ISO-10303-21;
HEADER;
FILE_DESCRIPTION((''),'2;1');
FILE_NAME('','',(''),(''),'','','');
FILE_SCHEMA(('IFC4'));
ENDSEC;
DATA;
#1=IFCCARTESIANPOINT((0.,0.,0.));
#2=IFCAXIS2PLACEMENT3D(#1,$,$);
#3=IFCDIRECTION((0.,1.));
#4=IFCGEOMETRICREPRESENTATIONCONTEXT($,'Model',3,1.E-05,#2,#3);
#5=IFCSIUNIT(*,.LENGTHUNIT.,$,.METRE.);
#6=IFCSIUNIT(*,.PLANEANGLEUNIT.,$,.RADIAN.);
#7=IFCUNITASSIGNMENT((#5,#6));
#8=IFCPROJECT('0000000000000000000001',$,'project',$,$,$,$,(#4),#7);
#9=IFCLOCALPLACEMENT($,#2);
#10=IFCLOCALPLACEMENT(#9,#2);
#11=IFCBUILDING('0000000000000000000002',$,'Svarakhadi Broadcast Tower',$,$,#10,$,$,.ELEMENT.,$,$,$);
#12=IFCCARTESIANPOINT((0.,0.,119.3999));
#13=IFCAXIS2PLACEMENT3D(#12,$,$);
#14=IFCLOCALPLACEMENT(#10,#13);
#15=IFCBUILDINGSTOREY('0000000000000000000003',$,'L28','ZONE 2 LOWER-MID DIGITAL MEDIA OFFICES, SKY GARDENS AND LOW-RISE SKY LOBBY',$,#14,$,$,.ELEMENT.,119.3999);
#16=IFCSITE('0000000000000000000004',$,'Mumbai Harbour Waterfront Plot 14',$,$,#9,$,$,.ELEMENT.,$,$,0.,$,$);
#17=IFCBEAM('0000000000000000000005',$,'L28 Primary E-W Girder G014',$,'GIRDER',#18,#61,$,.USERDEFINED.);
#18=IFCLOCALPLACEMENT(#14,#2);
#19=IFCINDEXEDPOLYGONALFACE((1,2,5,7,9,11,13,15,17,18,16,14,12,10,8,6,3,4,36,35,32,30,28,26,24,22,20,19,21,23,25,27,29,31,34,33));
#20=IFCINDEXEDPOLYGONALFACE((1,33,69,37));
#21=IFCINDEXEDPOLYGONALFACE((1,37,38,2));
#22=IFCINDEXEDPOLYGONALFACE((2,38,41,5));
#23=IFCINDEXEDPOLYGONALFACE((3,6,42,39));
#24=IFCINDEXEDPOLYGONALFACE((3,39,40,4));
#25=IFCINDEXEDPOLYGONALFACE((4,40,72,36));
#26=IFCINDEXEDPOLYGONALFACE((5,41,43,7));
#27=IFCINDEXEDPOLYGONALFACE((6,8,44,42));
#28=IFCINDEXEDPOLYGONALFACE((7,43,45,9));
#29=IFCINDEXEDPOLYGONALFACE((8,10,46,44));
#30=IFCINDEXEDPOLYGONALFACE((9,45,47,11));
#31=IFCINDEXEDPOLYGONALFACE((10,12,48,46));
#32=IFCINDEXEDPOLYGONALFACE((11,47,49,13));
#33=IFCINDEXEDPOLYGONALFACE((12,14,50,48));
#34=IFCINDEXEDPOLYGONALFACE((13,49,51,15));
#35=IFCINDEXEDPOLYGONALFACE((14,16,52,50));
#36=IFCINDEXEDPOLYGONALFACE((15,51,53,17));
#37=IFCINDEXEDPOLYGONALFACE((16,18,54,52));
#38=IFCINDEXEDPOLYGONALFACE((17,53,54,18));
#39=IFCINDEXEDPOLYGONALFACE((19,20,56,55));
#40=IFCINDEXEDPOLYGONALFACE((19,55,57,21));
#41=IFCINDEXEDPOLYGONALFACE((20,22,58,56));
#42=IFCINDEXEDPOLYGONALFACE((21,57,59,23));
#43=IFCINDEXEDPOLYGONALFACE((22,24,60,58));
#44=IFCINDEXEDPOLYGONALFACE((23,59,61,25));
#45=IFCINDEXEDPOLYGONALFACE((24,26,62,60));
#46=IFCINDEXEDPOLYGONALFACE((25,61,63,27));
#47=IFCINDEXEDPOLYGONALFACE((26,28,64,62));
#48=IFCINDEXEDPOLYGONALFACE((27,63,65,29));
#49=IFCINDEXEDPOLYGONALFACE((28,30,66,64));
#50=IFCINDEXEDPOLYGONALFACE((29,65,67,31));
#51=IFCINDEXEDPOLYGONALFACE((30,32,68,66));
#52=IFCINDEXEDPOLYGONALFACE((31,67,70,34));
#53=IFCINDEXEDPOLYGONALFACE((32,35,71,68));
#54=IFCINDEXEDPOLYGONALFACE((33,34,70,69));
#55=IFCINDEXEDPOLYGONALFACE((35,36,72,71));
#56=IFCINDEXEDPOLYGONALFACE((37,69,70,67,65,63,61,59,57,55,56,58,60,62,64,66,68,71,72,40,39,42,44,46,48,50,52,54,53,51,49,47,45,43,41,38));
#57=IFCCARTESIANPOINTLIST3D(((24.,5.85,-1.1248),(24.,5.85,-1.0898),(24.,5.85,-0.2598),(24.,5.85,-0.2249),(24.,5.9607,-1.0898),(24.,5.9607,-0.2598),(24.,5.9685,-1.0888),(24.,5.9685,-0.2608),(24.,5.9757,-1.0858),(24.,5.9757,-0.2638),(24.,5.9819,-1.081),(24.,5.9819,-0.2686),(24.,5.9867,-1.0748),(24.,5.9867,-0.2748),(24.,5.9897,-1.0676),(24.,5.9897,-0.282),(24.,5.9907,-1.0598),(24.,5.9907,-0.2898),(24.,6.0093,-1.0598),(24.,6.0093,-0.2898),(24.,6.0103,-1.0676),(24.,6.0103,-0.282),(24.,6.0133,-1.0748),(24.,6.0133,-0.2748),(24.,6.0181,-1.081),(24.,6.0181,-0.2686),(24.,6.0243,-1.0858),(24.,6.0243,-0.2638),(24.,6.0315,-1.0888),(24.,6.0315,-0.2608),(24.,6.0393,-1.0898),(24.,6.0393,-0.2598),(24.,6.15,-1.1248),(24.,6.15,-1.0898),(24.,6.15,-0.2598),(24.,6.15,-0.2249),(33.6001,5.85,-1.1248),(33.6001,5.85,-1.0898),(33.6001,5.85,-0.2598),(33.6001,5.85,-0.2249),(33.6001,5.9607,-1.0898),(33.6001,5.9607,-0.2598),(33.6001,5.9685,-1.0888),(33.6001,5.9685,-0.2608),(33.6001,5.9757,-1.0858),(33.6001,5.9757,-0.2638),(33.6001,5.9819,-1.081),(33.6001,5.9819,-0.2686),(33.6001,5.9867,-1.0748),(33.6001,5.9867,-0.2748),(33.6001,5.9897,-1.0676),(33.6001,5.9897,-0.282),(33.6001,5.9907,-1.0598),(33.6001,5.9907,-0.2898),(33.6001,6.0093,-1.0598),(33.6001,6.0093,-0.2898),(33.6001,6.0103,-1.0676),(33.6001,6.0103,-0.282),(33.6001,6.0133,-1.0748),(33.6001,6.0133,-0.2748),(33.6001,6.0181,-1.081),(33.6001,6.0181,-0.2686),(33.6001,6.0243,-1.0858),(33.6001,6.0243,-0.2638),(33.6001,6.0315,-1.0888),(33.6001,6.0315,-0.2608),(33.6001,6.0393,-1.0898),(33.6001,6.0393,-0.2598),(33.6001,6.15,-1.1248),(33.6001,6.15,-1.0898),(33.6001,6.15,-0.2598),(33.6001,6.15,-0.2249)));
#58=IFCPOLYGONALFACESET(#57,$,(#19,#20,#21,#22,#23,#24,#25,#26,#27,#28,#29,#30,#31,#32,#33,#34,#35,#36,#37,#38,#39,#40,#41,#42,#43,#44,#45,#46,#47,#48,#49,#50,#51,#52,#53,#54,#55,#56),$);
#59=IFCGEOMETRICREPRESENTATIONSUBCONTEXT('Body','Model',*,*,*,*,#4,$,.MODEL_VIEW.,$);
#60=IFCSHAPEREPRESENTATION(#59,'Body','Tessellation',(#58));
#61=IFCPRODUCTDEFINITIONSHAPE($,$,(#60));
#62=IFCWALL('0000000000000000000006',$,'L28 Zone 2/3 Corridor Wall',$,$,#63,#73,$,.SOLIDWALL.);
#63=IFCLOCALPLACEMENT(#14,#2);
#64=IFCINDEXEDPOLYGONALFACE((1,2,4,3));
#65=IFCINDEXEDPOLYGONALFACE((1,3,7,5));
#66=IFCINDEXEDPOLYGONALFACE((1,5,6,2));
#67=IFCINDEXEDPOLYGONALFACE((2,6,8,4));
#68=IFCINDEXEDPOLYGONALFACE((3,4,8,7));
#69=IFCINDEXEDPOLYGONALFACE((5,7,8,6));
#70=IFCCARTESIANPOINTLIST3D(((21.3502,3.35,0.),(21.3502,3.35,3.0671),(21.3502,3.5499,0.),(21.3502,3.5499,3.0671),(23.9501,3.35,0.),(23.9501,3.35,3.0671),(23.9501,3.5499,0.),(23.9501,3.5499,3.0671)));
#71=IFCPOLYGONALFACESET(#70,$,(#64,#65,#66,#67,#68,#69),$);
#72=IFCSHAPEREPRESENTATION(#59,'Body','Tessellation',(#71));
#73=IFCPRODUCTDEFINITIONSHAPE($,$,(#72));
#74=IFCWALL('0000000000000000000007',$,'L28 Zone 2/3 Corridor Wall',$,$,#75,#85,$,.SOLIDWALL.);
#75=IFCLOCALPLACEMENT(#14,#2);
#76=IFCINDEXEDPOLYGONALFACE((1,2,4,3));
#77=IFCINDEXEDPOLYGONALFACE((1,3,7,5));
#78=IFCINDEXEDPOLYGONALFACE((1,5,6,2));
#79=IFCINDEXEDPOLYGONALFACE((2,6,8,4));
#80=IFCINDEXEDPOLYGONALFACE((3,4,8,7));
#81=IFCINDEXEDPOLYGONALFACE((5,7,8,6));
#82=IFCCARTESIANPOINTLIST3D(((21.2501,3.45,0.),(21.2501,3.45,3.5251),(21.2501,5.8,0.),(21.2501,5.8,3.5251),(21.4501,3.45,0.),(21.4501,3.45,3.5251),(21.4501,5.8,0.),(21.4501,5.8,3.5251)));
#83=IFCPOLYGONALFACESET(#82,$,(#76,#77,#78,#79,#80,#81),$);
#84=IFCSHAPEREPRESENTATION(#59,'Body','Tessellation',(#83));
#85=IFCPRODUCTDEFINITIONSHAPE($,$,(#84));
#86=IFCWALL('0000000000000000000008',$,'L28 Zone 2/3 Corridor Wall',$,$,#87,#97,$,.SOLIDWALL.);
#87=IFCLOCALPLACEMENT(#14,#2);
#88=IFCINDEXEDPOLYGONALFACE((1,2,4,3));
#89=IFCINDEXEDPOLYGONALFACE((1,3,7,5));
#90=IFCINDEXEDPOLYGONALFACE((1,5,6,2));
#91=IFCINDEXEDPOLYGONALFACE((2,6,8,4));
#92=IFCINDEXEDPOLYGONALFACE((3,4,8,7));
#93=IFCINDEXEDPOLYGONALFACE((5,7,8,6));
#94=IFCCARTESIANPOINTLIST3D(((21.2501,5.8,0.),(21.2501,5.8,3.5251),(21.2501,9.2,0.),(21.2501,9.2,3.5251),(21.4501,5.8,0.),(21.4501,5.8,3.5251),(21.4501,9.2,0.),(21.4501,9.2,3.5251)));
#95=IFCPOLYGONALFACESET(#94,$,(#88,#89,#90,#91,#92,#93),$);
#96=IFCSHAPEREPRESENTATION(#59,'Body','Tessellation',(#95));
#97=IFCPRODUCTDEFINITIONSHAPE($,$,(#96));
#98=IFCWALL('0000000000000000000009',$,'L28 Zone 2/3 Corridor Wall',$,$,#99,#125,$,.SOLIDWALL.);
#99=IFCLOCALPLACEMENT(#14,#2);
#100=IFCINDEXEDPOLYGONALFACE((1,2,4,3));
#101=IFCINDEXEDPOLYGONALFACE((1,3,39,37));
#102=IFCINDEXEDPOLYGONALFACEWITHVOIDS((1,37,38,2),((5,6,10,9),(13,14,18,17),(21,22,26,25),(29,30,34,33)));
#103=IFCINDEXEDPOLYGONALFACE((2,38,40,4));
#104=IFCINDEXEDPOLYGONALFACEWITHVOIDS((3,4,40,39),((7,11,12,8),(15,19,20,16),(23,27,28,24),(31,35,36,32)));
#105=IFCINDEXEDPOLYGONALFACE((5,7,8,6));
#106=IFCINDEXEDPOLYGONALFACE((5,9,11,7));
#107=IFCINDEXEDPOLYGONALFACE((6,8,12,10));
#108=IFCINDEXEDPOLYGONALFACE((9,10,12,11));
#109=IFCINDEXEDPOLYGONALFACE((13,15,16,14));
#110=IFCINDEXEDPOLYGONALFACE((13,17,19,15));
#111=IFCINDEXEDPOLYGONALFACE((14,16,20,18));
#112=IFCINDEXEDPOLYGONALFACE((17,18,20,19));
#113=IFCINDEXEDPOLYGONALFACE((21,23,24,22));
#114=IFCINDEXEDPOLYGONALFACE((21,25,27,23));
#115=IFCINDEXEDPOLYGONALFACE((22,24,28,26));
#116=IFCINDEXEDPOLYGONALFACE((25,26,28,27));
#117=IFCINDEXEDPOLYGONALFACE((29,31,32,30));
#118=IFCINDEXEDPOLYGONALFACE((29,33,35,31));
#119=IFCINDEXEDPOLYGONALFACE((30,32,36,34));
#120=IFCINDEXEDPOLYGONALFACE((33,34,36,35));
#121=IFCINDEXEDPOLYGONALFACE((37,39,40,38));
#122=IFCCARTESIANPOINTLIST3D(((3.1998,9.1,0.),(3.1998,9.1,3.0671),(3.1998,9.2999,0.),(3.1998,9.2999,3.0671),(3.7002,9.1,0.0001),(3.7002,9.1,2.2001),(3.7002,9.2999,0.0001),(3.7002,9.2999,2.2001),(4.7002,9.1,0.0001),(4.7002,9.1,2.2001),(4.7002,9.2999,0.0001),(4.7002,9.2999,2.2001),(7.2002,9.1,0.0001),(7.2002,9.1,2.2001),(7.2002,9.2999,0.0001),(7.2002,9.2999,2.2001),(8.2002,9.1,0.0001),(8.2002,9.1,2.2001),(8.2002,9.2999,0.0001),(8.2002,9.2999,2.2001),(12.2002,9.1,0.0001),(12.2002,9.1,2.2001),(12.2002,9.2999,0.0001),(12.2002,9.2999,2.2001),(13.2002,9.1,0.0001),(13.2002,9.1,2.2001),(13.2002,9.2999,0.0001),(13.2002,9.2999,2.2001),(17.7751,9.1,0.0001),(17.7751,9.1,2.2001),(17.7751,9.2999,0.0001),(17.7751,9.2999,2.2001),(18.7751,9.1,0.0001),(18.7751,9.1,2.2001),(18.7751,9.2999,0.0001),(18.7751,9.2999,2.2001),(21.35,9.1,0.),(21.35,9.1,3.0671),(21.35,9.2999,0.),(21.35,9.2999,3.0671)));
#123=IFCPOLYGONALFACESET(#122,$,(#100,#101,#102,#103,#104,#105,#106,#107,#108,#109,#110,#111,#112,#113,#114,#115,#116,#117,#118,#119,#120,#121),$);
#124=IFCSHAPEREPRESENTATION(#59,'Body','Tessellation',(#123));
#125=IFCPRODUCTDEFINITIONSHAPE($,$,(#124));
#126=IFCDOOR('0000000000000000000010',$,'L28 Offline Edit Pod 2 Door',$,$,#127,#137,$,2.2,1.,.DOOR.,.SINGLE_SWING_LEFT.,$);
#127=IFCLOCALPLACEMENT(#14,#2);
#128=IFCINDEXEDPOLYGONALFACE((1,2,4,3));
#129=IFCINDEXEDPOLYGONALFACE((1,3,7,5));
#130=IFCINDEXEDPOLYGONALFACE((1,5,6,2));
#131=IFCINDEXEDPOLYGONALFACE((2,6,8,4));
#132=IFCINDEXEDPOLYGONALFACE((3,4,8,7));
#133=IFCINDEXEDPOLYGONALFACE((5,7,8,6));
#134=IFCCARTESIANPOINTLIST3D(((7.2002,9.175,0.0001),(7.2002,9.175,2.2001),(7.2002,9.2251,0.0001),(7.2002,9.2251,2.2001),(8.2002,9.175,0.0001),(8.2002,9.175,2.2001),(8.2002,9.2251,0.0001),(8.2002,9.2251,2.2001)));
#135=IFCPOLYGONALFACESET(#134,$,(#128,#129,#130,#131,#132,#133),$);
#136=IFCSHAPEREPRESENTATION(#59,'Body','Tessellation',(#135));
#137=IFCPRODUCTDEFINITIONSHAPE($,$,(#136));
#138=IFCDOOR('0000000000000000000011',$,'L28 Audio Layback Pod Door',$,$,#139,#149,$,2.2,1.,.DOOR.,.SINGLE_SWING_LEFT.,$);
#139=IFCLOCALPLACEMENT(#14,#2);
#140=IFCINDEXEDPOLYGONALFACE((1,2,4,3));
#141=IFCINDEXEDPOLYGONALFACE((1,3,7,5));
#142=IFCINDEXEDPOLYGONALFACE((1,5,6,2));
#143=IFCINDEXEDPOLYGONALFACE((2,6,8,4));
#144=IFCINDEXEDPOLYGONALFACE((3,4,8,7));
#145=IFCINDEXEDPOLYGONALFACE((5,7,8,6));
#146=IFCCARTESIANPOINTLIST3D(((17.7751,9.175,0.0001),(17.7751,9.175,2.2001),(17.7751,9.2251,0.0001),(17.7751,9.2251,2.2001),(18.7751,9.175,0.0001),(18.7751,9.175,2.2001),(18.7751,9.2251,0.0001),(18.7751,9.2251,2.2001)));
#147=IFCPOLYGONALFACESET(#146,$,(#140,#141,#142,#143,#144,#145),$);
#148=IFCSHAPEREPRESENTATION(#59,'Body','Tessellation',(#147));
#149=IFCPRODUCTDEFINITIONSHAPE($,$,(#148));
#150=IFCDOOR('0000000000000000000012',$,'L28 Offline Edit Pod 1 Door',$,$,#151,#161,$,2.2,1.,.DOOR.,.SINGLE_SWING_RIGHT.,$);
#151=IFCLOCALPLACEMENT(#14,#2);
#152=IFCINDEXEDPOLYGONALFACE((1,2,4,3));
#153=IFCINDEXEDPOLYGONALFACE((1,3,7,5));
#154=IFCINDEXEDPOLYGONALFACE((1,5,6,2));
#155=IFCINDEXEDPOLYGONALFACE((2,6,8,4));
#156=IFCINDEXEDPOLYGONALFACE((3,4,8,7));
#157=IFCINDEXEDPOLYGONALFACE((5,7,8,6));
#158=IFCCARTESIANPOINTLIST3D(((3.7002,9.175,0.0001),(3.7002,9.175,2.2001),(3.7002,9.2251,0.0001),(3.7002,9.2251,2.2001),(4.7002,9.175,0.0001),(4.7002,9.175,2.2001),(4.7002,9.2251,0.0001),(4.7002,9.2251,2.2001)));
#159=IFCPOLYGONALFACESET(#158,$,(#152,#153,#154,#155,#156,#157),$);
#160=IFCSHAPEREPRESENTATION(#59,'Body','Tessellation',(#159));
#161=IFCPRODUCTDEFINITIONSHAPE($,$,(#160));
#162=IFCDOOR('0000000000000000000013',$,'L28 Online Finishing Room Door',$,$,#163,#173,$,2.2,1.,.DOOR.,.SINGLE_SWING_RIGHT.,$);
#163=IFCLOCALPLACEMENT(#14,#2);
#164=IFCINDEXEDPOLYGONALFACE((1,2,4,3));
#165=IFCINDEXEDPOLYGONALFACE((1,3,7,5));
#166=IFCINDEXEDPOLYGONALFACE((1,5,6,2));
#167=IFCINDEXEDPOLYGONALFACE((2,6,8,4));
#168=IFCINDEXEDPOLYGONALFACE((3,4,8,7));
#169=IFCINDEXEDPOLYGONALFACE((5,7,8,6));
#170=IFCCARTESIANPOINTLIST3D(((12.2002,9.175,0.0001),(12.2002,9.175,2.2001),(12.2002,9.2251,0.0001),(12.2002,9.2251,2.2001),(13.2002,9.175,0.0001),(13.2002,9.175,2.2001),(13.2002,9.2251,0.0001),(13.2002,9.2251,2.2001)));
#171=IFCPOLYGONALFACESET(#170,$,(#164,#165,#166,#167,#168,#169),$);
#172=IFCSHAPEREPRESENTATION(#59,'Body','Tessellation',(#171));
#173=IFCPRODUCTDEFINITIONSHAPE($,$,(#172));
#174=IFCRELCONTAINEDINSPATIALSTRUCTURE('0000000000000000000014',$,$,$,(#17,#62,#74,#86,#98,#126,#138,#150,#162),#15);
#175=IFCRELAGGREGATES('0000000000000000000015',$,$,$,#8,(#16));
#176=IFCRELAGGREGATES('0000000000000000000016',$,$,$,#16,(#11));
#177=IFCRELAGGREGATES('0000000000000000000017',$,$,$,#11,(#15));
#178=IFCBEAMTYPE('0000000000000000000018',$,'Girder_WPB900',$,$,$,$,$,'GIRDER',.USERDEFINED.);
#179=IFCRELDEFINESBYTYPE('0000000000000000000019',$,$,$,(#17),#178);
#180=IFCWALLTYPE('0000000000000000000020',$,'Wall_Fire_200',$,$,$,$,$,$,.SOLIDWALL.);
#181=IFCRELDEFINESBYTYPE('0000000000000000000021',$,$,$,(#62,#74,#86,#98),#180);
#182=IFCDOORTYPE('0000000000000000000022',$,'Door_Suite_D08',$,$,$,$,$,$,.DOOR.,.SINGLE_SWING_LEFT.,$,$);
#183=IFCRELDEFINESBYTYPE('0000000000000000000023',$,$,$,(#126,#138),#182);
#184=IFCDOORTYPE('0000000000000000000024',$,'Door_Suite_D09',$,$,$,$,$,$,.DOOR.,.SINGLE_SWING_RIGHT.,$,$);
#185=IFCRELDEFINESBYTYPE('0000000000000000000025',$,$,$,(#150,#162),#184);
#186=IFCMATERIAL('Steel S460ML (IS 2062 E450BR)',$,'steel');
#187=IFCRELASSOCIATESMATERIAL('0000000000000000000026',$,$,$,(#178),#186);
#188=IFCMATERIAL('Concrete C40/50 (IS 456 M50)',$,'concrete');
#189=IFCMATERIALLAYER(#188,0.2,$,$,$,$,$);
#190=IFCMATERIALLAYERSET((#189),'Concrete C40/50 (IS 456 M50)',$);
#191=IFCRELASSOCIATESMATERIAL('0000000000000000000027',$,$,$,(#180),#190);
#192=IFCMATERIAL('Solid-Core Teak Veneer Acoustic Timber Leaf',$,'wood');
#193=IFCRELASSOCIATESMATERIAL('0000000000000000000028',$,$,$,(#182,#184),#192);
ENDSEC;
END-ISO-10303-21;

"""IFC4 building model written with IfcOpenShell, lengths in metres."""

from ifc_helpers import new_model, si_unit, direction, frame, frame_2d, origin, origin_2d, place, context, subcontext, project, spatial, rectangle, i_section, extrude, material, layer, layer_set, material_profile, profile_set, type_object, element, fill, save


model = new_model("IFC4")

# Units and contexts
model_context = context("Model", 3, precision=1e-05, world=origin(), true_north=direction((0.0, 1.0)))
body_context = subcontext(model_context, "Body", "Model", "MODEL_VIEW")
ifc_project = project(units=[si_unit("LENGTHUNIT", "METRE"), si_unit("PLANEANGLEUNIT", "RADIAN")], contexts=[model_context])

# Site, building, storey
site_placement = place(None, origin())
site = spatial("IfcSite", under=ifc_project, at=site_placement, Name="Mumbai Harbour Waterfront Plot 14", CompositionType="ELEMENT", RefElevation=0.0)
building_placement = place(site_placement, origin())
building = spatial("IfcBuilding", under=site, at=building_placement, Name="Svarakhadi Broadcast Tower", CompositionType="ELEMENT")
storey_placement = place(building_placement, frame((0.0, 0.0, 119.3999)))
storey = spatial("IfcBuildingStorey", under=building, at=storey_placement, Name="L28", Description="ZONE 2 LOWER-MID DIGITAL MEDIA OFFICES, SKY GARDENS AND LOW-RISE SKY LOBBY", CompositionType="ELEMENT", Elevation=119.3999)

# Beam
ifc_material_1 = material(Name="Steel S460ML (IS 2062 E450BR)", Category="steel")
ifc_material_profile_1 = material_profile(ifc_material_1, i_section(OverallWidth=0.3, OverallDepth=0.8999, WebThickness=0.0186, FlangeThickness=0.0349, FilletRadius=0.03, at=origin_2d()), Name="WPB 900x300x291")
ifc_profile_set_1 = profile_set([ifc_material_profile_1], Name="Steel S460ML (IS 2062 E450BR)")
beam_type_1 = type_object("IfcBeamType", Name="Girder_WPB900", ElementType="GIRDER", PredefinedType="USERDEFINED", material=ifc_profile_set_1)
beam_1_placement = place(storey_placement, frame((24.0, 6.0, -0.6748), z_axis=(1.0, 0.0, 0.0), x_axis=(0.0, 1.0, 0.0)))
element("IfcBeam", 1, at=beam_1_placement, inside=storey, type_object=beam_type_1, Name="L28 Primary E-W Girder G014", ObjectType="GIRDER", PredefinedType="USERDEFINED", context=body_context, shape_type="SweptSolid", body=[
    extrude(i_section(OverallWidth=0.3, OverallDepth=0.8999, WebThickness=0.0186, FlangeThickness=0.0349, FilletRadius=0.03, at=origin_2d()), origin(), (0.0, 0.0, 1.0), 9.6001),
])

# Walls
ifc_material_2 = material(Name="Concrete C40/50 (IS 456 M50)", Category="concrete")
ifc_layer_1 = layer(ifc_material_2, 0.2)
ifc_layer_set_1 = layer_set([ifc_layer_1], Name="Concrete C40/50 (IS 456 M50)")
wall_type_1 = type_object("IfcWallType", Name="Wall_Fire_200", PredefinedType="SOLIDWALL", material=ifc_layer_set_1)
wall_1_placement = place(storey_placement, frame((23.95, 3.45, 0.0), z_axis=(0.0, 0.0, 1.0), x_axis=(-1.0, 0.0, 0.0)))
element("IfcWall", 2, at=wall_1_placement, inside=storey, type_object=wall_type_1, Name="L28 Zone 2/3 Corridor Wall", PredefinedType="SOLIDWALL", context=body_context, shape_type="SweptSolid", body=[
    extrude(rectangle(XDim=2.5999, YDim=0.2, at=frame_2d((1.2998, 0.0))), origin(), (0.0, 0.0, 1.0), 3.0671),
])
wall_2_placement = place(storey_placement, frame((21.3501, 3.45, 0.0), z_axis=(0.0, 0.0, 1.0), x_axis=(0.0, 1.0, 0.0)))
element("IfcWall", 3, at=wall_2_placement, inside=storey, type_object=wall_type_1, Name="L28 Zone 2/3 Corridor Wall", PredefinedType="SOLIDWALL", context=body_context, shape_type="SweptSolid", body=[
    extrude(rectangle(XDim=2.3501, YDim=0.2, at=frame_2d((1.175, 0.0))), origin(), (0.0, 0.0, 1.0), 3.5251),
])
wall_3_placement = place(storey_placement, frame((21.3501, 5.8, 0.0), z_axis=(0.0, 0.0, 1.0), x_axis=(0.0, 1.0, 0.0)))
element("IfcWall", 4, at=wall_3_placement, inside=storey, type_object=wall_type_1, Name="L28 Zone 2/3 Corridor Wall", PredefinedType="SOLIDWALL", context=body_context, shape_type="SweptSolid", body=[
    extrude(rectangle(XDim=3.3999, YDim=0.2, at=frame_2d((1.7, 0.0))), origin(), (0.0, 0.0, 1.0), 3.5251),
])

# Wall, openings, doors
wall_4_placement = place(storey_placement, frame((21.3501, 9.2, 0.0), z_axis=(0.0, 0.0, 1.0), x_axis=(-1.0, 0.0, 0.0)))
wall_4 = element("IfcWall", 5, at=wall_4_placement, inside=storey, type_object=wall_type_1, Name="L28 Zone 2/3 Corridor Wall", PredefinedType="SOLIDWALL", context=body_context, shape_type="SweptSolid", body=[
    extrude(rectangle(XDim=18.1501, YDim=0.2, at=frame_2d((9.0752, 0.0))), origin(), (0.0, 0.0, 1.0), 3.0671),
])
opening_1_placement = place(wall_4_placement, frame((16.6499, 0.0, 0.0)))
opening_1 = element("IfcOpeningElement", 6, at=opening_1_placement, cuts=wall_4, PredefinedType="OPENING", context=body_context, shape_type="SweptSolid", body=[
    extrude(rectangle(XDim=1.0, YDim=2.2, at=frame_2d((0.5, 1.1001))), frame((0.0, 0.1099, 0.0), z_axis=(0.0, -1.0, 0.0), x_axis=(1.0, 0.0, 0.0)), (0.0, 0.0, 1.0), 0.22),
])
opening_2_placement = place(wall_4_placement, frame((13.1499, 0.0, 0.0)))
opening_2 = element("IfcOpeningElement", 7, at=opening_2_placement, cuts=wall_4, PredefinedType="OPENING", context=body_context, shape_type="SweptSolid", body=[
    extrude(rectangle(XDim=1.0, YDim=2.2, at=frame_2d((0.5, 1.1001))), frame((0.0, 0.1099, 0.0), z_axis=(0.0, -1.0, 0.0), x_axis=(1.0, 0.0, 0.0)), (0.0, 0.0, 1.0), 0.22),
])
opening_3_placement = place(wall_4_placement, frame((8.1499, 0.0, 0.0)))
opening_3 = element("IfcOpeningElement", 8, at=opening_3_placement, cuts=wall_4, PredefinedType="OPENING", context=body_context, shape_type="SweptSolid", body=[
    extrude(rectangle(XDim=1.0, YDim=2.2, at=frame_2d((0.5, 1.1001))), frame((0.0, 0.1099, 0.0), z_axis=(0.0, -1.0, 0.0), x_axis=(1.0, 0.0, 0.0)), (0.0, 0.0, 1.0), 0.22),
])
opening_4_placement = place(wall_4_placement, frame((2.575, 0.0, 0.0)))
opening_4 = element("IfcOpeningElement", 9, at=opening_4_placement, cuts=wall_4, PredefinedType="OPENING", context=body_context, shape_type="SweptSolid", body=[
    extrude(rectangle(XDim=1.0, YDim=2.2, at=frame_2d((0.5, 1.1001))), frame((0.0, 0.1099, 0.0), z_axis=(0.0, -1.0, 0.0), x_axis=(1.0, 0.0, 0.0)), (0.0, 0.0, 1.0), 0.22),
])
ifc_material_3 = material(Name="Solid-Core Teak Veneer Acoustic Timber Leaf", Category="wood")
door_type_1 = type_object("IfcDoorType", Name="Door_Suite_D08", OperationType="SINGLE_SWING_LEFT", PredefinedType="DOOR", material=ifc_material_3)
door_1_placement = place(opening_2_placement, origin())
door_1 = element("IfcDoor", 10, at=door_1_placement, inside=storey, type_object=door_type_1, Name="L28 Offline Edit Pod 2 Door", OperationType="SINGLE_SWING_LEFT", OverallHeight=2.2, OverallWidth=1.0, PredefinedType="DOOR", context=body_context, shape_type="SweptSolid", body=[
    extrude(rectangle(XDim=1.0, YDim=2.2, at=frame_2d((0.5, 1.1001))), frame((0.0, 0.0249, 0.0), z_axis=(0.0, -1.0, 0.0), x_axis=(1.0, 0.0, 0.0)), (0.0, 0.0, 1.0), 0.05),
])
fill(opening_2, door_1)
door_2_placement = place(opening_4_placement, origin())
door_2 = element("IfcDoor", 11, at=door_2_placement, inside=storey, type_object=door_type_1, Name="L28 Audio Layback Pod Door", OperationType="SINGLE_SWING_LEFT", OverallHeight=2.2, OverallWidth=1.0, PredefinedType="DOOR", context=body_context, shape_type="SweptSolid", body=[
    extrude(rectangle(XDim=1.0, YDim=2.2, at=frame_2d((0.5, 1.1001))), frame((0.0, 0.0249, 0.0), z_axis=(0.0, -1.0, 0.0), x_axis=(1.0, 0.0, 0.0)), (0.0, 0.0, 1.0), 0.05),
])
fill(opening_4, door_2)
door_type_2 = type_object("IfcDoorType", Name="Door_Suite_D09", OperationType="SINGLE_SWING_RIGHT", PredefinedType="DOOR", material=ifc_material_3)
door_3_placement = place(opening_1_placement, origin())
door_3 = element("IfcDoor", 12, at=door_3_placement, inside=storey, type_object=door_type_2, Name="L28 Offline Edit Pod 1 Door", OperationType="SINGLE_SWING_RIGHT", OverallHeight=2.2, OverallWidth=1.0, PredefinedType="DOOR", context=body_context, shape_type="SweptSolid", body=[
    extrude(rectangle(XDim=1.0, YDim=2.2, at=frame_2d((0.5, 1.1001))), frame((0.0, 0.0249, 0.0), z_axis=(0.0, -1.0, 0.0), x_axis=(1.0, 0.0, 0.0)), (0.0, 0.0, 1.0), 0.05),
])
fill(opening_1, door_3)
door_4_placement = place(opening_3_placement, origin())
door_4 = element("IfcDoor", 13, at=door_4_placement, inside=storey, type_object=door_type_2, Name="L28 Online Finishing Room Door", OperationType="SINGLE_SWING_RIGHT", OverallHeight=2.2, OverallWidth=1.0, PredefinedType="DOOR", context=body_context, shape_type="SweptSolid", body=[
    extrude(rectangle(XDim=1.0, YDim=2.2, at=frame_2d((0.5, 1.1001))), frame((0.0, 0.0249, 0.0), z_axis=(0.0, -1.0, 0.0), x_axis=(1.0, 0.0, 0.0)), (0.0, 0.0, 1.0), 0.05),
])
fill(opening_3, door_4)

save(model, "model.ifc")
